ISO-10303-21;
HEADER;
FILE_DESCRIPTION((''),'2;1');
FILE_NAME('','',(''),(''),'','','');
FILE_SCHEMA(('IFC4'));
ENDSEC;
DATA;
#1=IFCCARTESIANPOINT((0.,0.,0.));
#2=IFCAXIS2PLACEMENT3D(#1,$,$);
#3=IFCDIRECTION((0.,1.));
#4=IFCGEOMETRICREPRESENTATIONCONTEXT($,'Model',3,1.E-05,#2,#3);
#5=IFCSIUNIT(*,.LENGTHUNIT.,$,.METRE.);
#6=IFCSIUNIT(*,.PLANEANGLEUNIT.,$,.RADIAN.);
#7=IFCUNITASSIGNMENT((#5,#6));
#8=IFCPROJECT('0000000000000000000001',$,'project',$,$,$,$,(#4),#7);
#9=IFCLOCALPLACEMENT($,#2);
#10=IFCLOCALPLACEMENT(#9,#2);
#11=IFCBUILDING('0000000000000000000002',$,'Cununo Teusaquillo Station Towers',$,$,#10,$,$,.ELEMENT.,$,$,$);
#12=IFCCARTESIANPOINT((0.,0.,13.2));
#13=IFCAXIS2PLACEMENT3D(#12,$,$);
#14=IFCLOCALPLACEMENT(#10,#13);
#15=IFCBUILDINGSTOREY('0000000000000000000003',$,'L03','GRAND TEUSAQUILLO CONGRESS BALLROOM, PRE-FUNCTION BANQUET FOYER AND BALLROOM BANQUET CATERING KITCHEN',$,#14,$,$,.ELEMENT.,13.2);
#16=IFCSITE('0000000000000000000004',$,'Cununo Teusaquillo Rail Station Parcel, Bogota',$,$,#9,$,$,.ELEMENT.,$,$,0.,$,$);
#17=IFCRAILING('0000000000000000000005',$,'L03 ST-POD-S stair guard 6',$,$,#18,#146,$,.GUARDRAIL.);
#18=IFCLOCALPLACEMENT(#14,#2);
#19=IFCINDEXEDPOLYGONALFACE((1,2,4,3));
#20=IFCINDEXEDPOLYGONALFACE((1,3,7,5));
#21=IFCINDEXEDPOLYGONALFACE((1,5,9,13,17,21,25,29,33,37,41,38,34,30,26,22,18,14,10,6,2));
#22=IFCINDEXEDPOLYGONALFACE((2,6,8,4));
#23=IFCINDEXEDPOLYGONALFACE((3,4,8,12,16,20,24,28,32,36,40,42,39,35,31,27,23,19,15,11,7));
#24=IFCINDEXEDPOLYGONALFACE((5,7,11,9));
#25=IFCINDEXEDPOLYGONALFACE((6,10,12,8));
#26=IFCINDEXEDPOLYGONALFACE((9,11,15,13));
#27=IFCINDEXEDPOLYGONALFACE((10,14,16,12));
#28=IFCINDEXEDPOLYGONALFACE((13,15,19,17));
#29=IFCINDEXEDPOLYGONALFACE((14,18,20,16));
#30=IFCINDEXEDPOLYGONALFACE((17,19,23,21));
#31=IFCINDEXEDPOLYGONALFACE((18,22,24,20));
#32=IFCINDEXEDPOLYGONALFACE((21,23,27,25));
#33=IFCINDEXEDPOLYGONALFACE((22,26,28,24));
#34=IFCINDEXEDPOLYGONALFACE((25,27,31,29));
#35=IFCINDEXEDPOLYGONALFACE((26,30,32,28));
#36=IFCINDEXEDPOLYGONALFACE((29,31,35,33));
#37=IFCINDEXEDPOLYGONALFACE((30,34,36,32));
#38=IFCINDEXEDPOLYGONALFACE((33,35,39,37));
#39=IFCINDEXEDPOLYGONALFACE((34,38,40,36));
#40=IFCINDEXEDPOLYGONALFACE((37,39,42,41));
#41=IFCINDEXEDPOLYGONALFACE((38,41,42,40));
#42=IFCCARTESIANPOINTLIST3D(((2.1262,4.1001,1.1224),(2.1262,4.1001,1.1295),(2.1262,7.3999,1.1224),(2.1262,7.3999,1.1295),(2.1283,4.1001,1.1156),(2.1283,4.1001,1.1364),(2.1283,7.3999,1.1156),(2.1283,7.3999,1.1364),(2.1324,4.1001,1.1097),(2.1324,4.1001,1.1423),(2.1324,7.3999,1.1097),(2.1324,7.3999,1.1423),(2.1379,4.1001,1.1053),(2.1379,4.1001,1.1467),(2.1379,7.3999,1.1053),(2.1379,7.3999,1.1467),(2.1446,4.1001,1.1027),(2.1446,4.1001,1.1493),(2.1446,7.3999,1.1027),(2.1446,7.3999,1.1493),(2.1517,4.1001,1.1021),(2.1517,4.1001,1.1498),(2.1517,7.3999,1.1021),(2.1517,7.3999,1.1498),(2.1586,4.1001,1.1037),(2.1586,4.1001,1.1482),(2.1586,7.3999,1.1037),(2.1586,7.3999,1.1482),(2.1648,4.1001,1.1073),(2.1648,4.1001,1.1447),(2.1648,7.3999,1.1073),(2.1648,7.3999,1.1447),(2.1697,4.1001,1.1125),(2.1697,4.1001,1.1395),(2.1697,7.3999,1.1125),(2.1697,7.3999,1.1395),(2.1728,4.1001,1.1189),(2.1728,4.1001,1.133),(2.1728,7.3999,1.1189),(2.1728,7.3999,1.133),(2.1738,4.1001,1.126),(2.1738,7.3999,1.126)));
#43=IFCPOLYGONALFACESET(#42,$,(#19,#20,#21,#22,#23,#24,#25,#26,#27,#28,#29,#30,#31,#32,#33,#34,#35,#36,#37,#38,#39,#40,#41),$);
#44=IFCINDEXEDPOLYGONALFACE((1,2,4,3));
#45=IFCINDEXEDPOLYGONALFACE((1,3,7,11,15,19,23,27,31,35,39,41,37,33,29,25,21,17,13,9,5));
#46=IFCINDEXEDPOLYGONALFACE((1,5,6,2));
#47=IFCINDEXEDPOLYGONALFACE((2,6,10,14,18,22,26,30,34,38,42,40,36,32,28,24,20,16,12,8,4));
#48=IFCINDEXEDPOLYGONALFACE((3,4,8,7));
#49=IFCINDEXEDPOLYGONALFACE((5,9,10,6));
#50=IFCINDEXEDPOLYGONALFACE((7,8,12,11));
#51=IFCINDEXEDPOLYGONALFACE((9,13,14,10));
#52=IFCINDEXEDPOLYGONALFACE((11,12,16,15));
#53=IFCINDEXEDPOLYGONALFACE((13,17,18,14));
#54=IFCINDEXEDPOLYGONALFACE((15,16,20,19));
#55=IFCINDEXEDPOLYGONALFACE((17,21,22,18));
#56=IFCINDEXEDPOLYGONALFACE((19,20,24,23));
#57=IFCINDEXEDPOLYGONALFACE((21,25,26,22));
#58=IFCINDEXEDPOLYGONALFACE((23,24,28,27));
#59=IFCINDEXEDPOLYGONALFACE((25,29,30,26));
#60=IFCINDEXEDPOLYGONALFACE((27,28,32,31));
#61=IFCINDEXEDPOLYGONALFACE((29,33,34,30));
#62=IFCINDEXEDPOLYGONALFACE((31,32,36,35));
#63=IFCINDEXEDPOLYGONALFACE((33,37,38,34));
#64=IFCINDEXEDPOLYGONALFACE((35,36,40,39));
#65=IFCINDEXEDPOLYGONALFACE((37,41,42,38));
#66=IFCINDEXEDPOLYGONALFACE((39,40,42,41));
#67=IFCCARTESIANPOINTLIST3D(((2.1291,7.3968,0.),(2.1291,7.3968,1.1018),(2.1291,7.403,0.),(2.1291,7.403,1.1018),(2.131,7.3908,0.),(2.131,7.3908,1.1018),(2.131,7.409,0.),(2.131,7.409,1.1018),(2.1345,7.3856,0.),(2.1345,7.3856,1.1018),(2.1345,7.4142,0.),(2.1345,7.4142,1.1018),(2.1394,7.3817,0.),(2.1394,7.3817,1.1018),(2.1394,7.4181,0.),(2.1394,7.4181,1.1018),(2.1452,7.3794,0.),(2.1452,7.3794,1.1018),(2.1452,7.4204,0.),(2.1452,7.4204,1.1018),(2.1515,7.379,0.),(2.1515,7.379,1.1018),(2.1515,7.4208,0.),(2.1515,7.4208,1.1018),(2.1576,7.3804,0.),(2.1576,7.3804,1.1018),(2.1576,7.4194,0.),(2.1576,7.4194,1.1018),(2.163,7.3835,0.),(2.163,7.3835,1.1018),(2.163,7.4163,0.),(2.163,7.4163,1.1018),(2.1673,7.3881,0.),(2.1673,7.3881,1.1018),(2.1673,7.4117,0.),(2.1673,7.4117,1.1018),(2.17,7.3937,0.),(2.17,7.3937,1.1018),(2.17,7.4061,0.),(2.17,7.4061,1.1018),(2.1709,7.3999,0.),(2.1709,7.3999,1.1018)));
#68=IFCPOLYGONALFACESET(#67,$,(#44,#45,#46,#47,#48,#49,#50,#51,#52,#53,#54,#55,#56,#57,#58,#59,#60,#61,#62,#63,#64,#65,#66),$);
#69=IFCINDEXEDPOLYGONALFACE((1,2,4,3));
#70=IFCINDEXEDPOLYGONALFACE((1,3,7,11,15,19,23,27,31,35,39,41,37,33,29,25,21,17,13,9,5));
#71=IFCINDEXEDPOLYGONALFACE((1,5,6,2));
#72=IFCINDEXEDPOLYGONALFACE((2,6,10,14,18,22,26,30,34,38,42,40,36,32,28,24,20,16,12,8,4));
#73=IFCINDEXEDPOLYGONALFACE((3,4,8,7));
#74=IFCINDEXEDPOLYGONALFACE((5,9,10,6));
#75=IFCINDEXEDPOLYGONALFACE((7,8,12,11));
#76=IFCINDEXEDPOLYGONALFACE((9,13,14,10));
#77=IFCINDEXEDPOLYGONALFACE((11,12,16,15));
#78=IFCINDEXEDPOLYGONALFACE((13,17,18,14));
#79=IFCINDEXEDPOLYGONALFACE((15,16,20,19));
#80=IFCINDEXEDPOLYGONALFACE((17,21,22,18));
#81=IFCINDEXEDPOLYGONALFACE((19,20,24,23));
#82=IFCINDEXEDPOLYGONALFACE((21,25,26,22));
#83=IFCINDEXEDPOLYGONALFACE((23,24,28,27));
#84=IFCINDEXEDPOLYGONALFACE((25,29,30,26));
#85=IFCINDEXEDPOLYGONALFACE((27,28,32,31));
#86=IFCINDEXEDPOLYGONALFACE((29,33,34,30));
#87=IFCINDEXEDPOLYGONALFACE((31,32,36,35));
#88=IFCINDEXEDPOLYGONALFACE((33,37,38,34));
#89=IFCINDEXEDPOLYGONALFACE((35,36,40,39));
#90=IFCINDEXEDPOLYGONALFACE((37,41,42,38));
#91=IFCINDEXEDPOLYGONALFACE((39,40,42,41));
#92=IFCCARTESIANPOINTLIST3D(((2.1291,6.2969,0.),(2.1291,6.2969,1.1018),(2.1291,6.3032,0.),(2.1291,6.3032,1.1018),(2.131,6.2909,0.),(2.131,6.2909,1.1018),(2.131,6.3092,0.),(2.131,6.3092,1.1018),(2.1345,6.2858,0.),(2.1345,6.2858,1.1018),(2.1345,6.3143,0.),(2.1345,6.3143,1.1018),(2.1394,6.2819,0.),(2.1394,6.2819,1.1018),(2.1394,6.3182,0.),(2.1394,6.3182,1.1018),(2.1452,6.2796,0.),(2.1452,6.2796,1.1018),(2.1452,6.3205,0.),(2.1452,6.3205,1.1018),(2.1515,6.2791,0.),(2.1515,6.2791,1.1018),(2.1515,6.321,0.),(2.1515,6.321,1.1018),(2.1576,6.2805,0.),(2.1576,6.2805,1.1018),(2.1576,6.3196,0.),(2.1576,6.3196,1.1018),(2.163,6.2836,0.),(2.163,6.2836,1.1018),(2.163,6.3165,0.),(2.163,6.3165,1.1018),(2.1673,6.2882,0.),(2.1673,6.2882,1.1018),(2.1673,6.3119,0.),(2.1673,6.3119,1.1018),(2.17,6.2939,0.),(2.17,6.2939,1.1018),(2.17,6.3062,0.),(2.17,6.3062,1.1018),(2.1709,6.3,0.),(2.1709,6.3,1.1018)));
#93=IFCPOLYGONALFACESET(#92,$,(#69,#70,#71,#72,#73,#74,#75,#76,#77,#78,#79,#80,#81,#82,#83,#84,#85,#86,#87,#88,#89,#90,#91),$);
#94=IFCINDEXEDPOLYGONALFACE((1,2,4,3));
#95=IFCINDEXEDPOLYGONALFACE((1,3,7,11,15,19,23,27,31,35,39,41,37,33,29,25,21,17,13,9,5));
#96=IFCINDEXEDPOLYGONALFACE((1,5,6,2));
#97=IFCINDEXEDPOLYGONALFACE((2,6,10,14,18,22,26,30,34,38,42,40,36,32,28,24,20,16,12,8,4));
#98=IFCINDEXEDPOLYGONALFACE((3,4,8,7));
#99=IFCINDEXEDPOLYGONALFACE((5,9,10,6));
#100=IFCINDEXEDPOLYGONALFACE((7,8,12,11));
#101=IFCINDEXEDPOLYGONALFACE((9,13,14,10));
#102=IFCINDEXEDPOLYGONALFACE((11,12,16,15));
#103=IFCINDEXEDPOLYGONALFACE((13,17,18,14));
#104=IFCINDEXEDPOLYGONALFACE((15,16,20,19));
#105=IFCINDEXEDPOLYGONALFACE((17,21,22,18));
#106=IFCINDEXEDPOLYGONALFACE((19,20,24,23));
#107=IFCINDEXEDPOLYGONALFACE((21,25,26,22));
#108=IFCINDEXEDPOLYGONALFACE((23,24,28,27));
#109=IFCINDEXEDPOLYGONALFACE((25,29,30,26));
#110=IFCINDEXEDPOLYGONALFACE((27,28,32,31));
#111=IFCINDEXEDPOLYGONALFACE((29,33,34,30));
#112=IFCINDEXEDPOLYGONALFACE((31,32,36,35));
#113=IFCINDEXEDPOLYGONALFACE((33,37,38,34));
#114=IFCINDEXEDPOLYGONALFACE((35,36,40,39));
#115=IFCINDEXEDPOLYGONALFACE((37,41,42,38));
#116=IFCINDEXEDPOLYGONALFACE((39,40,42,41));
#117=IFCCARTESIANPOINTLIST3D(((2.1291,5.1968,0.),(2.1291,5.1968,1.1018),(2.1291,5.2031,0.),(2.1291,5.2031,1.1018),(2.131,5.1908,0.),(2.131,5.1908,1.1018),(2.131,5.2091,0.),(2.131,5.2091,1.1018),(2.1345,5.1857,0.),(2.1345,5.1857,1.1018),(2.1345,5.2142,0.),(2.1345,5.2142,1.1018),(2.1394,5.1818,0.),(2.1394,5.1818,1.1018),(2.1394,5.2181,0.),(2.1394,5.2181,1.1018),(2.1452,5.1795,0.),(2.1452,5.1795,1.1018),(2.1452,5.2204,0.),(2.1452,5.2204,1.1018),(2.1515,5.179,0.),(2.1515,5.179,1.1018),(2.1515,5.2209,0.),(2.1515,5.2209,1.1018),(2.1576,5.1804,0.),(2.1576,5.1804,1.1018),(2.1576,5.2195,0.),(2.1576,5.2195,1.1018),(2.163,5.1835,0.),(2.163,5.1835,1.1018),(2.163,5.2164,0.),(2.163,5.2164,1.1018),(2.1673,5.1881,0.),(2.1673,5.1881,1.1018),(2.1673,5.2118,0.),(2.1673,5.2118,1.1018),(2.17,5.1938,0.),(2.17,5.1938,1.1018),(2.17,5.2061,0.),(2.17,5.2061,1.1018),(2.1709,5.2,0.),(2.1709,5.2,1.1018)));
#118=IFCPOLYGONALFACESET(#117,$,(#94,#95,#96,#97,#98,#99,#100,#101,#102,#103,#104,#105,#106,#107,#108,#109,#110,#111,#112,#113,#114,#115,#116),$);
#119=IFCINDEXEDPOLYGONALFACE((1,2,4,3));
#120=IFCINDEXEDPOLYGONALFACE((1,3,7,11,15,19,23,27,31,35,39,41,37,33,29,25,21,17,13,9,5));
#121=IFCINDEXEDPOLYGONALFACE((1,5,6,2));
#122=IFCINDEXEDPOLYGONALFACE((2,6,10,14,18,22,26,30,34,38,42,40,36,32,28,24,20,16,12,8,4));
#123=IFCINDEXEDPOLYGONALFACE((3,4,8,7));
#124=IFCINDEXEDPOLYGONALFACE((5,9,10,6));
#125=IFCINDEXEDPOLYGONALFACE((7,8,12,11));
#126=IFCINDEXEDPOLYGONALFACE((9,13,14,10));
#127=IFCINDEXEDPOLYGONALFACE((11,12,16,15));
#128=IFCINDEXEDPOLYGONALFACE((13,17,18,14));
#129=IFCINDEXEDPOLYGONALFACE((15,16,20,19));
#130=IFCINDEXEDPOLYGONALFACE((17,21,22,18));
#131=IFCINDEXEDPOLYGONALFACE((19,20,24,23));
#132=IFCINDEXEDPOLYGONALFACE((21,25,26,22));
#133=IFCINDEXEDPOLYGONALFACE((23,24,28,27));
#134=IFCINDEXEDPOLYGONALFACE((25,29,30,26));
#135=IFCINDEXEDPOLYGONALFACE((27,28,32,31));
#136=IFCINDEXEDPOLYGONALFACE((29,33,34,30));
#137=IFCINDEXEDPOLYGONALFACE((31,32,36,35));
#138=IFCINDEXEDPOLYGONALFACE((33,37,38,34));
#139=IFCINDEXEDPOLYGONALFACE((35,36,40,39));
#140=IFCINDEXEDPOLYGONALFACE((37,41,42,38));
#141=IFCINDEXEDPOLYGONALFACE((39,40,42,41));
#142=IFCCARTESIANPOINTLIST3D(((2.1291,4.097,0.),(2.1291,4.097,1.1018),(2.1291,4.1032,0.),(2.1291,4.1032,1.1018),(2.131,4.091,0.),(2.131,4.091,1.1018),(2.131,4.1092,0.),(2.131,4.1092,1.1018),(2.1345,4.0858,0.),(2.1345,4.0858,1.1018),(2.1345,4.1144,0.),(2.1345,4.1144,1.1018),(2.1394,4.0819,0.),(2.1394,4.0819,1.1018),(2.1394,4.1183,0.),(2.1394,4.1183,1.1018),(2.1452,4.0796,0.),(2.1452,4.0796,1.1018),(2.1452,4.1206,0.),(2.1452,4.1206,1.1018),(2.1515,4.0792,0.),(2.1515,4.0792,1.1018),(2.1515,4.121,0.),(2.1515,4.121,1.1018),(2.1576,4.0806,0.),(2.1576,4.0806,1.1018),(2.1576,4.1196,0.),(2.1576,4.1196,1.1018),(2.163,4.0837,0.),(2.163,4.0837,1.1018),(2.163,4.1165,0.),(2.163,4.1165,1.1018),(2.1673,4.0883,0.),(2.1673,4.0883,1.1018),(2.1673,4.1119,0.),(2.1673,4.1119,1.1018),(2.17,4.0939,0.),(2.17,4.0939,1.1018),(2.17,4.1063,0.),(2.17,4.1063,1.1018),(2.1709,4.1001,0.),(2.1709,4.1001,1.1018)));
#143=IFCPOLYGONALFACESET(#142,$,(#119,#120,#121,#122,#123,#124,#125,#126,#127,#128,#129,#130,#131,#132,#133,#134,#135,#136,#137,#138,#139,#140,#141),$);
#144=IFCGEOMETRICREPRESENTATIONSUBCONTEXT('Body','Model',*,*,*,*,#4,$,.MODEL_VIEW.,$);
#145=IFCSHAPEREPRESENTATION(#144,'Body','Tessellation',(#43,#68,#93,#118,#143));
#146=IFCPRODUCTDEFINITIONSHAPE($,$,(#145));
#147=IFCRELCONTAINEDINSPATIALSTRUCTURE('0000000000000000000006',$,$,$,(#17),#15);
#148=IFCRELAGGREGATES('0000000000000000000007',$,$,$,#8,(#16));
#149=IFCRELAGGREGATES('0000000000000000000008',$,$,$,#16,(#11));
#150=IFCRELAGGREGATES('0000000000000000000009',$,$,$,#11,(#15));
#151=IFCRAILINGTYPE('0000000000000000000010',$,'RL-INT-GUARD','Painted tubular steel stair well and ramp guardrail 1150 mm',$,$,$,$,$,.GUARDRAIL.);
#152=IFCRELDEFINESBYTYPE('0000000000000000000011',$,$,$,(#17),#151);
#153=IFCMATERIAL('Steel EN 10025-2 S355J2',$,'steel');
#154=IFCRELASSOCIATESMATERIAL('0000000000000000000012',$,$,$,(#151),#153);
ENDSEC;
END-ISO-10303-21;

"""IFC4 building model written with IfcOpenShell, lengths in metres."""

from ifc_helpers import new_model, si_unit, direction, frame, origin, origin_2d, place, context, subcontext, project, spatial, circle, extrude, material, type_object, element, save


model = new_model("IFC4")

# Units and contexts
model_context = context("Model", 3, precision=1e-05, world=origin(), true_north=direction((0.0, 1.0)))
body_context = subcontext(model_context, "Body", "Model", "MODEL_VIEW")
ifc_project = project(units=[si_unit("LENGTHUNIT", "METRE"), si_unit("PLANEANGLEUNIT", "RADIAN")], contexts=[model_context])

# Site, building, storey
site_placement = place(None, origin())
site = spatial("IfcSite", under=ifc_project, at=site_placement, Name="Cununo Teusaquillo Rail Station Parcel, Bogota", CompositionType="ELEMENT", RefElevation=0.0)
building_placement = place(site_placement, origin())
building = spatial("IfcBuilding", under=site, at=building_placement, Name="Cununo Teusaquillo Station Towers", CompositionType="ELEMENT")
storey_placement = place(building_placement, frame((0.0, 0.0, 13.2)))
storey = spatial("IfcBuildingStorey", under=building, at=storey_placement, Name="L03", Description="GRAND TEUSAQUILLO CONGRESS BALLROOM, PRE-FUNCTION BANQUET FOYER AND BALLROOM BANQUET CATERING KITCHEN", CompositionType="ELEMENT", Elevation=13.2)

# Railing
ifc_material_1 = material(Name="Steel EN 10025-2 S355J2", Category="steel")
railing_type_1 = type_object("IfcRailingType", Name="RL-INT-GUARD", Description="Painted tubular steel stair well and ramp guardrail 1150 mm", PredefinedType="GUARDRAIL", material=ifc_material_1)
railing_1_placement = place(storey_placement, frame((2.1499, 7.3999, 0.0)))
element("IfcRailing", 1, at=railing_1_placement, inside=storey, type_object=railing_type_1, Name="L03 ST-POD-S stair guard 6", PredefinedType="GUARDRAIL", context=body_context, shape_type="SweptSolid", body=[
    extrude(circle(Radius=0.0239, at=origin_2d()), frame((0.0, 0.0, 1.126), z_axis=(0.0, -1.0, 0.0), x_axis=(1.0, 0.0, 0.0)), (0.0, 0.0, 1.0), 3.2998),
    extrude(circle(Radius=0.021, at=origin_2d()), origin(), (0.0, 0.0, 1.0), 1.1018),
    extrude(circle(Radius=0.021, at=origin_2d()), frame((0.0, -1.0999, 0.0)), (0.0, 0.0, 1.0), 1.1018),
    extrude(circle(Radius=0.021, at=origin_2d()), frame((0.0, -2.2, 0.0)), (0.0, 0.0, 1.0), 1.1018),
    extrude(circle(Radius=0.021, at=origin_2d()), frame((0.0, -3.2998, 0.0)), (0.0, 0.0, 1.0), 1.1018),
])

save(model, "model.ifc")
